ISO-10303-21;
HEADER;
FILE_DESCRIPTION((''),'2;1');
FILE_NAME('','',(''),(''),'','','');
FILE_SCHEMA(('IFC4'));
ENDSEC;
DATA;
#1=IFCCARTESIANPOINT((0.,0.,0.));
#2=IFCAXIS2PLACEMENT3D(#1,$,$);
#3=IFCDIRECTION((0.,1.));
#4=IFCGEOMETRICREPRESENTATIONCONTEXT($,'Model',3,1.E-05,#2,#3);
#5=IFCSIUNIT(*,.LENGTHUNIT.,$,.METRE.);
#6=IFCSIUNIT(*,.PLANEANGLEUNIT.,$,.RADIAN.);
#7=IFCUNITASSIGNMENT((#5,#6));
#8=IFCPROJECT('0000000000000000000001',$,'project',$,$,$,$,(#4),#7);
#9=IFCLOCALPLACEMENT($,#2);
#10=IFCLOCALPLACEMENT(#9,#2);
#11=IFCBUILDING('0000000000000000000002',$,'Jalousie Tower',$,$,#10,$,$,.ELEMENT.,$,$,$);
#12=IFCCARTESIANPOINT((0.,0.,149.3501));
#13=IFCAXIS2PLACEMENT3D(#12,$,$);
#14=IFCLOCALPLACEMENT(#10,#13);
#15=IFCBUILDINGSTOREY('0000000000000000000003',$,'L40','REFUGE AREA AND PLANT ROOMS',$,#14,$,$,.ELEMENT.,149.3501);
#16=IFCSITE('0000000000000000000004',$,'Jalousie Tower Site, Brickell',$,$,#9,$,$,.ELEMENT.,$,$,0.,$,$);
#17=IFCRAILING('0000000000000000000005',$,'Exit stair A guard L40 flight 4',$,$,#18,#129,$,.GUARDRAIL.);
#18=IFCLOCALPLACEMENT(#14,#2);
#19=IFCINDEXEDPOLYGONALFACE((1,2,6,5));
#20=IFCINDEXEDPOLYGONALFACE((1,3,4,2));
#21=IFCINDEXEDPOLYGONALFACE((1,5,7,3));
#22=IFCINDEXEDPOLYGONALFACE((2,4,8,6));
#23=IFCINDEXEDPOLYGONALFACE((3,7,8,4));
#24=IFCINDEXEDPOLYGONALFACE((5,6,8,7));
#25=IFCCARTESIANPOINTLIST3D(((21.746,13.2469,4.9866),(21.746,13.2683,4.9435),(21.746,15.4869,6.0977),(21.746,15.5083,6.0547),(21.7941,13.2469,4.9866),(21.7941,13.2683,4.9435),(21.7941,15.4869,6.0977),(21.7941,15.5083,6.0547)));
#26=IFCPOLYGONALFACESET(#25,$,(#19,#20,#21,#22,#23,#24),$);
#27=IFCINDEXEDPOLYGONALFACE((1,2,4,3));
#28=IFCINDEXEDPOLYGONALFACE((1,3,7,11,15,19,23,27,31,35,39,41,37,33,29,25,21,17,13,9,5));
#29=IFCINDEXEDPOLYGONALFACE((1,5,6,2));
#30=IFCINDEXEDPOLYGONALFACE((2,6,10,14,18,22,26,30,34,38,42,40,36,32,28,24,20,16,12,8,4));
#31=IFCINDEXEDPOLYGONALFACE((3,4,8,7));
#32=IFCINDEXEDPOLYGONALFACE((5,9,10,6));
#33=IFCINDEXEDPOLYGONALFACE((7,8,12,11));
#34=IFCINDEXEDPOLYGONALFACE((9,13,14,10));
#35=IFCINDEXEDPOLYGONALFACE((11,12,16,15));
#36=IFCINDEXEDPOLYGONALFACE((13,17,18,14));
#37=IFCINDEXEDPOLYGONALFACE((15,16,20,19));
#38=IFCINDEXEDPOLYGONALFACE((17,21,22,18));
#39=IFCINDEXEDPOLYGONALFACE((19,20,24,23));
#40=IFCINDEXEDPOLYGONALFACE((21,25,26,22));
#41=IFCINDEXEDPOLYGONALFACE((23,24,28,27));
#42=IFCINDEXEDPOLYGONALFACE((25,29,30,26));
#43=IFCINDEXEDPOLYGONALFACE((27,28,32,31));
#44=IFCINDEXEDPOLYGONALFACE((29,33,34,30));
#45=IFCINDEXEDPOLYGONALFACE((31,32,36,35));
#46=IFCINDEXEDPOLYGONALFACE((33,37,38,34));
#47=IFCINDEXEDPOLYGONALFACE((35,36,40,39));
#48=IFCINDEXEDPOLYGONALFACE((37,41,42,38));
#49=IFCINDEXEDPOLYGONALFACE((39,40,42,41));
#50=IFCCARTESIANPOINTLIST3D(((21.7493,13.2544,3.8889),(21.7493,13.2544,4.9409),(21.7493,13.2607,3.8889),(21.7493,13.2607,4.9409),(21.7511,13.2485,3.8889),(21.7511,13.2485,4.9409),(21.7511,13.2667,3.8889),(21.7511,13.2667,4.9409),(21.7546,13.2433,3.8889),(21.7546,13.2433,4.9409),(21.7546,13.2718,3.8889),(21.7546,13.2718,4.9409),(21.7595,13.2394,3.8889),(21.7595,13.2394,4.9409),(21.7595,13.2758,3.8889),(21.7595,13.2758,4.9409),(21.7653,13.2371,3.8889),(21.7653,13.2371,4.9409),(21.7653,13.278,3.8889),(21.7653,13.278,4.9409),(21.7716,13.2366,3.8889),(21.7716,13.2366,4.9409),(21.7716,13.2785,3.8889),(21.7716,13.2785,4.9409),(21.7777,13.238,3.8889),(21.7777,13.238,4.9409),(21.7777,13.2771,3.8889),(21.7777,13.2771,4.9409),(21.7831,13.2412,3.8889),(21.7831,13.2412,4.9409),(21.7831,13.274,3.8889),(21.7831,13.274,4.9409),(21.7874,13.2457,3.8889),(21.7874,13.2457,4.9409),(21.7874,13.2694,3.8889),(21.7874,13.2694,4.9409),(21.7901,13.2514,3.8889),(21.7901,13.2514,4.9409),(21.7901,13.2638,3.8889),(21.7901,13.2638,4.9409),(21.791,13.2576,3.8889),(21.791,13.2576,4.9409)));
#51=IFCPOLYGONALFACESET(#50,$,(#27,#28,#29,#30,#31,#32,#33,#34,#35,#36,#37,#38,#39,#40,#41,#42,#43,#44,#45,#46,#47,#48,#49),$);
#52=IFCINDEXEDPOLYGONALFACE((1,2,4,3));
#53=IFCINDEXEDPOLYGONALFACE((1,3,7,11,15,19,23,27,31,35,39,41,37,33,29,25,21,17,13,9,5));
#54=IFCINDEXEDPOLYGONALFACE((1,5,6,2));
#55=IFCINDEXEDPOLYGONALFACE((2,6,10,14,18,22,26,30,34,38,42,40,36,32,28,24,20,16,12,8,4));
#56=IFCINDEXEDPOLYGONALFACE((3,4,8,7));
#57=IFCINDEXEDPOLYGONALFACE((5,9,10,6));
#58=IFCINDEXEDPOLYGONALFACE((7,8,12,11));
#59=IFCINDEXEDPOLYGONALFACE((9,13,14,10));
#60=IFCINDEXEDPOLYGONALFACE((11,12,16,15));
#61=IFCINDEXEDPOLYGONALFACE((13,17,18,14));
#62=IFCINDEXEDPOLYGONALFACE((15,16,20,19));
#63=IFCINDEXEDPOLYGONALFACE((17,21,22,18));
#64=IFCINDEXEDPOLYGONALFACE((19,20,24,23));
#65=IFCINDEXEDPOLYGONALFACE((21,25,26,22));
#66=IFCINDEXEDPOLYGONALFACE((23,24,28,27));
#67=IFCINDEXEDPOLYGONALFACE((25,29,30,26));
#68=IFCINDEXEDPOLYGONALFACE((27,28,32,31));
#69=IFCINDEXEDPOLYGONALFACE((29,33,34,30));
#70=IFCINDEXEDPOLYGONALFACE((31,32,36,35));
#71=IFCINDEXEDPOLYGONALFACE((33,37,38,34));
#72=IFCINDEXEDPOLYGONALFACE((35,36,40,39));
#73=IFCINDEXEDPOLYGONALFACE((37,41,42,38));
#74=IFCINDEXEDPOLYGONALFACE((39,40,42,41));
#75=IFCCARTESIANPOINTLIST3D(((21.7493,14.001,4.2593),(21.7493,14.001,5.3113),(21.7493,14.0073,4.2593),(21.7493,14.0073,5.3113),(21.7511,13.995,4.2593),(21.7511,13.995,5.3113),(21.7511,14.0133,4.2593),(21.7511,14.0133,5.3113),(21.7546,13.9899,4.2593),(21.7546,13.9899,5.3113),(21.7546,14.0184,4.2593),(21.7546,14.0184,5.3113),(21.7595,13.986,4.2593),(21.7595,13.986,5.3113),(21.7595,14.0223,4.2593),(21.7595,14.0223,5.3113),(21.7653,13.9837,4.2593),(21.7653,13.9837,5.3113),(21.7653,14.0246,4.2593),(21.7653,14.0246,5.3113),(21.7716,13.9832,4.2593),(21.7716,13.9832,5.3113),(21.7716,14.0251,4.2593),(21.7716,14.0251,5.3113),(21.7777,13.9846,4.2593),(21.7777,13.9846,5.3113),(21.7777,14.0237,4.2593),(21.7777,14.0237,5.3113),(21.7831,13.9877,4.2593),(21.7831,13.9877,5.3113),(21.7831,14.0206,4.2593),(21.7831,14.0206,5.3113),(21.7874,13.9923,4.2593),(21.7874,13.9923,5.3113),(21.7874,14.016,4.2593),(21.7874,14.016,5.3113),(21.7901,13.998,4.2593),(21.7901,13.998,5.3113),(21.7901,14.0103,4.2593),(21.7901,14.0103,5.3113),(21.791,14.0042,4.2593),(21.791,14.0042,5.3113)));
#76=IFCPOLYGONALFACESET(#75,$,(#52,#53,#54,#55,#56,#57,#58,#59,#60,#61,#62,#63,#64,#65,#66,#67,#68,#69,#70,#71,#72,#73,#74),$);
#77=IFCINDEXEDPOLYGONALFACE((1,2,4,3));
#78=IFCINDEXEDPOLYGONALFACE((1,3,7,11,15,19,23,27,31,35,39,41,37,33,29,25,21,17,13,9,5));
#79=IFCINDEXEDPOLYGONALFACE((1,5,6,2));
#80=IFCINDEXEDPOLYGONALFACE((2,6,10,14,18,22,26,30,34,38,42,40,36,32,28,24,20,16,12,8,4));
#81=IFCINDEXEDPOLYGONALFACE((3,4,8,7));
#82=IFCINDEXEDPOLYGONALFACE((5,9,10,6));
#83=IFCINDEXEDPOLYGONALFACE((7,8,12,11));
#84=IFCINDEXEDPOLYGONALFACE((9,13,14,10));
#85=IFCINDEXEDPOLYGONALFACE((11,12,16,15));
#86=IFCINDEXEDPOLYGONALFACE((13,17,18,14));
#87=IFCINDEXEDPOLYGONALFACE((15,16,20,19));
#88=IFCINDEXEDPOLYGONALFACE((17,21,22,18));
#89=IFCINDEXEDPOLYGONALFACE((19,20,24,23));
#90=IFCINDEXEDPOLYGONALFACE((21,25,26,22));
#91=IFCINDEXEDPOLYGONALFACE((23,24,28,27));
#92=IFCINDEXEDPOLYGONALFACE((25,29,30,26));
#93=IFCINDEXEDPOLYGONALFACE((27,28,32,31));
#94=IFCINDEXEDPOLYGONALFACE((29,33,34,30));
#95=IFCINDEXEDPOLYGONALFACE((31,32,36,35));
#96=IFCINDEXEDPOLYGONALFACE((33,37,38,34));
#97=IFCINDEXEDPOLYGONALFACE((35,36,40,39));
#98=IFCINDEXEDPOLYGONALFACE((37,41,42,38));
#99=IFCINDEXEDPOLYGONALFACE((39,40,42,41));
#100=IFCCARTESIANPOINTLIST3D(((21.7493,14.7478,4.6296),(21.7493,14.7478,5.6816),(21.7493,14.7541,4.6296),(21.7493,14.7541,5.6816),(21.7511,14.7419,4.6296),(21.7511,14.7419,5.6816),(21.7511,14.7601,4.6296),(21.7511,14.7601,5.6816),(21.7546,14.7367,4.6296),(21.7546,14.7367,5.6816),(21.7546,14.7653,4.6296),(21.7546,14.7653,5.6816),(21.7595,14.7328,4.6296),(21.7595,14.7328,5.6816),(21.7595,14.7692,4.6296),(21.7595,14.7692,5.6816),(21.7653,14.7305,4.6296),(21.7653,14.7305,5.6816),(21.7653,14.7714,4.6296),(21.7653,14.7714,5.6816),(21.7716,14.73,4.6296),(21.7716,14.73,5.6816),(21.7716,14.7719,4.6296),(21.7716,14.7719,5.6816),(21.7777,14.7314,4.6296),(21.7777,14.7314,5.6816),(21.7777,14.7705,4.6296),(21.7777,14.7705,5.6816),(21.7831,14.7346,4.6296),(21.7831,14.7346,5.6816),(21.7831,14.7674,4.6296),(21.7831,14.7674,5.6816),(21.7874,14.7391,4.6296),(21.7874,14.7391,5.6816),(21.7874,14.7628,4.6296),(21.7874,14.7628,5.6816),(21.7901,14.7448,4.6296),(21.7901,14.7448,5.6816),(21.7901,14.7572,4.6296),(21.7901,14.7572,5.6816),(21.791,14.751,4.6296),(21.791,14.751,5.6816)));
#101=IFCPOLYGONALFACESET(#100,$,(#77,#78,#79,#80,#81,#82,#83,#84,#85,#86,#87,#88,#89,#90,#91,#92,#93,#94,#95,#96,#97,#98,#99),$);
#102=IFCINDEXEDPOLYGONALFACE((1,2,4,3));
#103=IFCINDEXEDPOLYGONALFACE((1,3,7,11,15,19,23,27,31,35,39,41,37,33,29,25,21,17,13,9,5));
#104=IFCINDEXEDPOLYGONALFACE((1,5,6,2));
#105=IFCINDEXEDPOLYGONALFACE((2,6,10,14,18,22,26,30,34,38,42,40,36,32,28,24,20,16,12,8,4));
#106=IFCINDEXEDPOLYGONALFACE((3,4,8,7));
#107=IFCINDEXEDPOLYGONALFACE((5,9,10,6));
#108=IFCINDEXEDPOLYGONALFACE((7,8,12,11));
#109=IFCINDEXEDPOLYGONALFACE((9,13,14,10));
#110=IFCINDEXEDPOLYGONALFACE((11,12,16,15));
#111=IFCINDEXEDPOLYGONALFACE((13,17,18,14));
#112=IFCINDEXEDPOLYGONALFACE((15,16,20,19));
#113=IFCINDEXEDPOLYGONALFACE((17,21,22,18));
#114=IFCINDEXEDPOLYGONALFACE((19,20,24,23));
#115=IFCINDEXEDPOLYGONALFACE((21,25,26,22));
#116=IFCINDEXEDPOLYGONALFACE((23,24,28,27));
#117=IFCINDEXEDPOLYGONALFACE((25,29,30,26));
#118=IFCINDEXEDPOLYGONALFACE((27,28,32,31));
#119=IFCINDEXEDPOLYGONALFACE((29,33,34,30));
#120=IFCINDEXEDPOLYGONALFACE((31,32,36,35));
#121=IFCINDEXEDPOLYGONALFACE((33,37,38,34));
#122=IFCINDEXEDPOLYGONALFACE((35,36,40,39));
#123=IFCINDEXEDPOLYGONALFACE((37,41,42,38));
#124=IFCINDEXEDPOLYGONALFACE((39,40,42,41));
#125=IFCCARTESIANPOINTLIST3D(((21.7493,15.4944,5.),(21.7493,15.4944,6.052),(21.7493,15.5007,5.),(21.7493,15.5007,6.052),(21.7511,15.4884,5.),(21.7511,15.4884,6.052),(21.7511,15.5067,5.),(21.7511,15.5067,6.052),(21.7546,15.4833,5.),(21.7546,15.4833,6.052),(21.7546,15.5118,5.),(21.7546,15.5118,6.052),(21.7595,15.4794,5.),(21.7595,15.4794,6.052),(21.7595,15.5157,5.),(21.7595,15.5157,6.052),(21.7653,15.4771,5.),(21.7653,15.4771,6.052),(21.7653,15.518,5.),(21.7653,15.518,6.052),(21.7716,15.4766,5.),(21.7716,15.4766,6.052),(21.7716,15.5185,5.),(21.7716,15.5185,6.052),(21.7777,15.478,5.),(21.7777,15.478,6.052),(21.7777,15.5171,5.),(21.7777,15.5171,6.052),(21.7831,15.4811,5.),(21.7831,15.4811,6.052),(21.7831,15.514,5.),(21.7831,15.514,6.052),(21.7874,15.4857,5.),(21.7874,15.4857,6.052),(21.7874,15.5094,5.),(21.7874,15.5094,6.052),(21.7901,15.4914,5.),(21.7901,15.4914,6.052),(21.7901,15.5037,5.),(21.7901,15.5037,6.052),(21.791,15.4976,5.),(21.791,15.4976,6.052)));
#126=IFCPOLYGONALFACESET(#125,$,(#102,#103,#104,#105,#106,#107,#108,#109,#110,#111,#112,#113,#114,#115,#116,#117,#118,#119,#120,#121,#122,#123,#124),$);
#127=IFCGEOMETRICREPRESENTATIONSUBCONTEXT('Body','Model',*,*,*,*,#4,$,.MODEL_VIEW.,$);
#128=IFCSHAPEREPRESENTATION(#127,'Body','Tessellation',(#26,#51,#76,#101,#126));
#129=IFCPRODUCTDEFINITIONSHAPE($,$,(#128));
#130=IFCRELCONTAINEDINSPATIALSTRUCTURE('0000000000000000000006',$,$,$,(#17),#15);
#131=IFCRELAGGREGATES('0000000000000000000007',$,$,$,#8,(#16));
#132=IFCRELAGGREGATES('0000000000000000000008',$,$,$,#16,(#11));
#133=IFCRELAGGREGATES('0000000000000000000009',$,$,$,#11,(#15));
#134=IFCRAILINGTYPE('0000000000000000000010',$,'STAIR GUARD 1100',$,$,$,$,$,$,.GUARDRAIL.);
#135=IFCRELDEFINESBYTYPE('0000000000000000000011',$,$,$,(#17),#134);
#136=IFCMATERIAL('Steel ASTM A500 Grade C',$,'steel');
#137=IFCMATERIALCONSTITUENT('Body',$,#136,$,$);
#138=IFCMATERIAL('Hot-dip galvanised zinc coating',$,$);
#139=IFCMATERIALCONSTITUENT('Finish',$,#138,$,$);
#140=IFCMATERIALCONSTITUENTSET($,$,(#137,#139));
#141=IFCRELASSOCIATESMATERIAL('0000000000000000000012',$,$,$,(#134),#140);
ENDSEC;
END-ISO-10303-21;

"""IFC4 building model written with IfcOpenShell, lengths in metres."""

from ifc_helpers import new_model, si_unit, direction, frame, origin, origin_2d, place, context, subcontext, project, spatial, rectangle, circle, extrude, material, constituent, constituent_set, type_object, element, save


model = new_model("IFC4")

# Units and contexts
model_context = context("Model", 3, precision=1e-05, world=origin(), true_north=direction((0.0, 1.0)))
body_context = subcontext(model_context, "Body", "Model", "MODEL_VIEW")
ifc_project = project(units=[si_unit("LENGTHUNIT", "METRE"), si_unit("PLANEANGLEUNIT", "RADIAN")], contexts=[model_context])

# Site, building, storey
site_placement = place(None, origin())
site = spatial("IfcSite", under=ifc_project, at=site_placement, Name="Jalousie Tower Site, Brickell", CompositionType="ELEMENT", RefElevation=0.0)
building_placement = place(site_placement, origin())
building = spatial("IfcBuilding", under=site, at=building_placement, Name="Jalousie Tower", CompositionType="ELEMENT")
storey_placement = place(building_placement, frame((0.0, 0.0, 149.3501)))
storey = spatial("IfcBuildingStorey", under=building, at=storey_placement, Name="L40", Description="REFUGE AREA AND PLANT ROOMS", CompositionType="ELEMENT", Elevation=149.3501)

# Railing
ifc_material_1 = material(Name="Steel ASTM A500 Grade C", Category="steel")
ifc_constituent_1 = constituent(ifc_material_1, Name="Body")
ifc_material_2 = material(Name="Hot-dip galvanised zinc coating")
ifc_constituent_2 = constituent(ifc_material_2, Name="Finish")
ifc_constituent_set_1 = constituent_set(constituents=[ifc_constituent_1, ifc_constituent_2])
railing_type_1 = type_object("IfcRailingType", Name="STAIR GUARD 1100", PredefinedType="GUARDRAIL", material=ifc_constituent_set_1)
railing_1_placement = place(storey_placement, frame((21.77, 13.2576, 3.8889)))
element("IfcRailing", 1, at=railing_1_placement, inside=storey, type_object=railing_type_1, Name="Exit stair A guard L40 flight 4", PredefinedType="GUARDRAIL", context=body_context, shape_type="SweptSolid", body=[
    extrude(rectangle(XDim=0.0481, YDim=0.0481, at=origin_2d()), frame((0.0, 0.0, 1.0762), z_axis=(0.0, 0.895848, 0.44436), x_axis=(-1.0, 0.0, 0.0)), (0.0, 0.0, 1.0), 2.5005),
    extrude(circle(Radius=0.021, at=origin_2d()), origin(), (0.0, 0.0, 1.0), 1.052),
    extrude(circle(Radius=0.021, at=origin_2d()), frame((0.0, 0.7466, 0.3704)), (0.0, 0.0, 1.0), 1.052),
    extrude(circle(Radius=0.021, at=origin_2d()), frame((0.0, 1.4934, 0.7407)), (0.0, 0.0, 1.0), 1.052),
    extrude(circle(Radius=0.021, at=origin_2d()), frame((0.0, 2.24, 1.1111)), (0.0, 0.0, 1.0), 1.052),
])

save(model, "model.ifc")
